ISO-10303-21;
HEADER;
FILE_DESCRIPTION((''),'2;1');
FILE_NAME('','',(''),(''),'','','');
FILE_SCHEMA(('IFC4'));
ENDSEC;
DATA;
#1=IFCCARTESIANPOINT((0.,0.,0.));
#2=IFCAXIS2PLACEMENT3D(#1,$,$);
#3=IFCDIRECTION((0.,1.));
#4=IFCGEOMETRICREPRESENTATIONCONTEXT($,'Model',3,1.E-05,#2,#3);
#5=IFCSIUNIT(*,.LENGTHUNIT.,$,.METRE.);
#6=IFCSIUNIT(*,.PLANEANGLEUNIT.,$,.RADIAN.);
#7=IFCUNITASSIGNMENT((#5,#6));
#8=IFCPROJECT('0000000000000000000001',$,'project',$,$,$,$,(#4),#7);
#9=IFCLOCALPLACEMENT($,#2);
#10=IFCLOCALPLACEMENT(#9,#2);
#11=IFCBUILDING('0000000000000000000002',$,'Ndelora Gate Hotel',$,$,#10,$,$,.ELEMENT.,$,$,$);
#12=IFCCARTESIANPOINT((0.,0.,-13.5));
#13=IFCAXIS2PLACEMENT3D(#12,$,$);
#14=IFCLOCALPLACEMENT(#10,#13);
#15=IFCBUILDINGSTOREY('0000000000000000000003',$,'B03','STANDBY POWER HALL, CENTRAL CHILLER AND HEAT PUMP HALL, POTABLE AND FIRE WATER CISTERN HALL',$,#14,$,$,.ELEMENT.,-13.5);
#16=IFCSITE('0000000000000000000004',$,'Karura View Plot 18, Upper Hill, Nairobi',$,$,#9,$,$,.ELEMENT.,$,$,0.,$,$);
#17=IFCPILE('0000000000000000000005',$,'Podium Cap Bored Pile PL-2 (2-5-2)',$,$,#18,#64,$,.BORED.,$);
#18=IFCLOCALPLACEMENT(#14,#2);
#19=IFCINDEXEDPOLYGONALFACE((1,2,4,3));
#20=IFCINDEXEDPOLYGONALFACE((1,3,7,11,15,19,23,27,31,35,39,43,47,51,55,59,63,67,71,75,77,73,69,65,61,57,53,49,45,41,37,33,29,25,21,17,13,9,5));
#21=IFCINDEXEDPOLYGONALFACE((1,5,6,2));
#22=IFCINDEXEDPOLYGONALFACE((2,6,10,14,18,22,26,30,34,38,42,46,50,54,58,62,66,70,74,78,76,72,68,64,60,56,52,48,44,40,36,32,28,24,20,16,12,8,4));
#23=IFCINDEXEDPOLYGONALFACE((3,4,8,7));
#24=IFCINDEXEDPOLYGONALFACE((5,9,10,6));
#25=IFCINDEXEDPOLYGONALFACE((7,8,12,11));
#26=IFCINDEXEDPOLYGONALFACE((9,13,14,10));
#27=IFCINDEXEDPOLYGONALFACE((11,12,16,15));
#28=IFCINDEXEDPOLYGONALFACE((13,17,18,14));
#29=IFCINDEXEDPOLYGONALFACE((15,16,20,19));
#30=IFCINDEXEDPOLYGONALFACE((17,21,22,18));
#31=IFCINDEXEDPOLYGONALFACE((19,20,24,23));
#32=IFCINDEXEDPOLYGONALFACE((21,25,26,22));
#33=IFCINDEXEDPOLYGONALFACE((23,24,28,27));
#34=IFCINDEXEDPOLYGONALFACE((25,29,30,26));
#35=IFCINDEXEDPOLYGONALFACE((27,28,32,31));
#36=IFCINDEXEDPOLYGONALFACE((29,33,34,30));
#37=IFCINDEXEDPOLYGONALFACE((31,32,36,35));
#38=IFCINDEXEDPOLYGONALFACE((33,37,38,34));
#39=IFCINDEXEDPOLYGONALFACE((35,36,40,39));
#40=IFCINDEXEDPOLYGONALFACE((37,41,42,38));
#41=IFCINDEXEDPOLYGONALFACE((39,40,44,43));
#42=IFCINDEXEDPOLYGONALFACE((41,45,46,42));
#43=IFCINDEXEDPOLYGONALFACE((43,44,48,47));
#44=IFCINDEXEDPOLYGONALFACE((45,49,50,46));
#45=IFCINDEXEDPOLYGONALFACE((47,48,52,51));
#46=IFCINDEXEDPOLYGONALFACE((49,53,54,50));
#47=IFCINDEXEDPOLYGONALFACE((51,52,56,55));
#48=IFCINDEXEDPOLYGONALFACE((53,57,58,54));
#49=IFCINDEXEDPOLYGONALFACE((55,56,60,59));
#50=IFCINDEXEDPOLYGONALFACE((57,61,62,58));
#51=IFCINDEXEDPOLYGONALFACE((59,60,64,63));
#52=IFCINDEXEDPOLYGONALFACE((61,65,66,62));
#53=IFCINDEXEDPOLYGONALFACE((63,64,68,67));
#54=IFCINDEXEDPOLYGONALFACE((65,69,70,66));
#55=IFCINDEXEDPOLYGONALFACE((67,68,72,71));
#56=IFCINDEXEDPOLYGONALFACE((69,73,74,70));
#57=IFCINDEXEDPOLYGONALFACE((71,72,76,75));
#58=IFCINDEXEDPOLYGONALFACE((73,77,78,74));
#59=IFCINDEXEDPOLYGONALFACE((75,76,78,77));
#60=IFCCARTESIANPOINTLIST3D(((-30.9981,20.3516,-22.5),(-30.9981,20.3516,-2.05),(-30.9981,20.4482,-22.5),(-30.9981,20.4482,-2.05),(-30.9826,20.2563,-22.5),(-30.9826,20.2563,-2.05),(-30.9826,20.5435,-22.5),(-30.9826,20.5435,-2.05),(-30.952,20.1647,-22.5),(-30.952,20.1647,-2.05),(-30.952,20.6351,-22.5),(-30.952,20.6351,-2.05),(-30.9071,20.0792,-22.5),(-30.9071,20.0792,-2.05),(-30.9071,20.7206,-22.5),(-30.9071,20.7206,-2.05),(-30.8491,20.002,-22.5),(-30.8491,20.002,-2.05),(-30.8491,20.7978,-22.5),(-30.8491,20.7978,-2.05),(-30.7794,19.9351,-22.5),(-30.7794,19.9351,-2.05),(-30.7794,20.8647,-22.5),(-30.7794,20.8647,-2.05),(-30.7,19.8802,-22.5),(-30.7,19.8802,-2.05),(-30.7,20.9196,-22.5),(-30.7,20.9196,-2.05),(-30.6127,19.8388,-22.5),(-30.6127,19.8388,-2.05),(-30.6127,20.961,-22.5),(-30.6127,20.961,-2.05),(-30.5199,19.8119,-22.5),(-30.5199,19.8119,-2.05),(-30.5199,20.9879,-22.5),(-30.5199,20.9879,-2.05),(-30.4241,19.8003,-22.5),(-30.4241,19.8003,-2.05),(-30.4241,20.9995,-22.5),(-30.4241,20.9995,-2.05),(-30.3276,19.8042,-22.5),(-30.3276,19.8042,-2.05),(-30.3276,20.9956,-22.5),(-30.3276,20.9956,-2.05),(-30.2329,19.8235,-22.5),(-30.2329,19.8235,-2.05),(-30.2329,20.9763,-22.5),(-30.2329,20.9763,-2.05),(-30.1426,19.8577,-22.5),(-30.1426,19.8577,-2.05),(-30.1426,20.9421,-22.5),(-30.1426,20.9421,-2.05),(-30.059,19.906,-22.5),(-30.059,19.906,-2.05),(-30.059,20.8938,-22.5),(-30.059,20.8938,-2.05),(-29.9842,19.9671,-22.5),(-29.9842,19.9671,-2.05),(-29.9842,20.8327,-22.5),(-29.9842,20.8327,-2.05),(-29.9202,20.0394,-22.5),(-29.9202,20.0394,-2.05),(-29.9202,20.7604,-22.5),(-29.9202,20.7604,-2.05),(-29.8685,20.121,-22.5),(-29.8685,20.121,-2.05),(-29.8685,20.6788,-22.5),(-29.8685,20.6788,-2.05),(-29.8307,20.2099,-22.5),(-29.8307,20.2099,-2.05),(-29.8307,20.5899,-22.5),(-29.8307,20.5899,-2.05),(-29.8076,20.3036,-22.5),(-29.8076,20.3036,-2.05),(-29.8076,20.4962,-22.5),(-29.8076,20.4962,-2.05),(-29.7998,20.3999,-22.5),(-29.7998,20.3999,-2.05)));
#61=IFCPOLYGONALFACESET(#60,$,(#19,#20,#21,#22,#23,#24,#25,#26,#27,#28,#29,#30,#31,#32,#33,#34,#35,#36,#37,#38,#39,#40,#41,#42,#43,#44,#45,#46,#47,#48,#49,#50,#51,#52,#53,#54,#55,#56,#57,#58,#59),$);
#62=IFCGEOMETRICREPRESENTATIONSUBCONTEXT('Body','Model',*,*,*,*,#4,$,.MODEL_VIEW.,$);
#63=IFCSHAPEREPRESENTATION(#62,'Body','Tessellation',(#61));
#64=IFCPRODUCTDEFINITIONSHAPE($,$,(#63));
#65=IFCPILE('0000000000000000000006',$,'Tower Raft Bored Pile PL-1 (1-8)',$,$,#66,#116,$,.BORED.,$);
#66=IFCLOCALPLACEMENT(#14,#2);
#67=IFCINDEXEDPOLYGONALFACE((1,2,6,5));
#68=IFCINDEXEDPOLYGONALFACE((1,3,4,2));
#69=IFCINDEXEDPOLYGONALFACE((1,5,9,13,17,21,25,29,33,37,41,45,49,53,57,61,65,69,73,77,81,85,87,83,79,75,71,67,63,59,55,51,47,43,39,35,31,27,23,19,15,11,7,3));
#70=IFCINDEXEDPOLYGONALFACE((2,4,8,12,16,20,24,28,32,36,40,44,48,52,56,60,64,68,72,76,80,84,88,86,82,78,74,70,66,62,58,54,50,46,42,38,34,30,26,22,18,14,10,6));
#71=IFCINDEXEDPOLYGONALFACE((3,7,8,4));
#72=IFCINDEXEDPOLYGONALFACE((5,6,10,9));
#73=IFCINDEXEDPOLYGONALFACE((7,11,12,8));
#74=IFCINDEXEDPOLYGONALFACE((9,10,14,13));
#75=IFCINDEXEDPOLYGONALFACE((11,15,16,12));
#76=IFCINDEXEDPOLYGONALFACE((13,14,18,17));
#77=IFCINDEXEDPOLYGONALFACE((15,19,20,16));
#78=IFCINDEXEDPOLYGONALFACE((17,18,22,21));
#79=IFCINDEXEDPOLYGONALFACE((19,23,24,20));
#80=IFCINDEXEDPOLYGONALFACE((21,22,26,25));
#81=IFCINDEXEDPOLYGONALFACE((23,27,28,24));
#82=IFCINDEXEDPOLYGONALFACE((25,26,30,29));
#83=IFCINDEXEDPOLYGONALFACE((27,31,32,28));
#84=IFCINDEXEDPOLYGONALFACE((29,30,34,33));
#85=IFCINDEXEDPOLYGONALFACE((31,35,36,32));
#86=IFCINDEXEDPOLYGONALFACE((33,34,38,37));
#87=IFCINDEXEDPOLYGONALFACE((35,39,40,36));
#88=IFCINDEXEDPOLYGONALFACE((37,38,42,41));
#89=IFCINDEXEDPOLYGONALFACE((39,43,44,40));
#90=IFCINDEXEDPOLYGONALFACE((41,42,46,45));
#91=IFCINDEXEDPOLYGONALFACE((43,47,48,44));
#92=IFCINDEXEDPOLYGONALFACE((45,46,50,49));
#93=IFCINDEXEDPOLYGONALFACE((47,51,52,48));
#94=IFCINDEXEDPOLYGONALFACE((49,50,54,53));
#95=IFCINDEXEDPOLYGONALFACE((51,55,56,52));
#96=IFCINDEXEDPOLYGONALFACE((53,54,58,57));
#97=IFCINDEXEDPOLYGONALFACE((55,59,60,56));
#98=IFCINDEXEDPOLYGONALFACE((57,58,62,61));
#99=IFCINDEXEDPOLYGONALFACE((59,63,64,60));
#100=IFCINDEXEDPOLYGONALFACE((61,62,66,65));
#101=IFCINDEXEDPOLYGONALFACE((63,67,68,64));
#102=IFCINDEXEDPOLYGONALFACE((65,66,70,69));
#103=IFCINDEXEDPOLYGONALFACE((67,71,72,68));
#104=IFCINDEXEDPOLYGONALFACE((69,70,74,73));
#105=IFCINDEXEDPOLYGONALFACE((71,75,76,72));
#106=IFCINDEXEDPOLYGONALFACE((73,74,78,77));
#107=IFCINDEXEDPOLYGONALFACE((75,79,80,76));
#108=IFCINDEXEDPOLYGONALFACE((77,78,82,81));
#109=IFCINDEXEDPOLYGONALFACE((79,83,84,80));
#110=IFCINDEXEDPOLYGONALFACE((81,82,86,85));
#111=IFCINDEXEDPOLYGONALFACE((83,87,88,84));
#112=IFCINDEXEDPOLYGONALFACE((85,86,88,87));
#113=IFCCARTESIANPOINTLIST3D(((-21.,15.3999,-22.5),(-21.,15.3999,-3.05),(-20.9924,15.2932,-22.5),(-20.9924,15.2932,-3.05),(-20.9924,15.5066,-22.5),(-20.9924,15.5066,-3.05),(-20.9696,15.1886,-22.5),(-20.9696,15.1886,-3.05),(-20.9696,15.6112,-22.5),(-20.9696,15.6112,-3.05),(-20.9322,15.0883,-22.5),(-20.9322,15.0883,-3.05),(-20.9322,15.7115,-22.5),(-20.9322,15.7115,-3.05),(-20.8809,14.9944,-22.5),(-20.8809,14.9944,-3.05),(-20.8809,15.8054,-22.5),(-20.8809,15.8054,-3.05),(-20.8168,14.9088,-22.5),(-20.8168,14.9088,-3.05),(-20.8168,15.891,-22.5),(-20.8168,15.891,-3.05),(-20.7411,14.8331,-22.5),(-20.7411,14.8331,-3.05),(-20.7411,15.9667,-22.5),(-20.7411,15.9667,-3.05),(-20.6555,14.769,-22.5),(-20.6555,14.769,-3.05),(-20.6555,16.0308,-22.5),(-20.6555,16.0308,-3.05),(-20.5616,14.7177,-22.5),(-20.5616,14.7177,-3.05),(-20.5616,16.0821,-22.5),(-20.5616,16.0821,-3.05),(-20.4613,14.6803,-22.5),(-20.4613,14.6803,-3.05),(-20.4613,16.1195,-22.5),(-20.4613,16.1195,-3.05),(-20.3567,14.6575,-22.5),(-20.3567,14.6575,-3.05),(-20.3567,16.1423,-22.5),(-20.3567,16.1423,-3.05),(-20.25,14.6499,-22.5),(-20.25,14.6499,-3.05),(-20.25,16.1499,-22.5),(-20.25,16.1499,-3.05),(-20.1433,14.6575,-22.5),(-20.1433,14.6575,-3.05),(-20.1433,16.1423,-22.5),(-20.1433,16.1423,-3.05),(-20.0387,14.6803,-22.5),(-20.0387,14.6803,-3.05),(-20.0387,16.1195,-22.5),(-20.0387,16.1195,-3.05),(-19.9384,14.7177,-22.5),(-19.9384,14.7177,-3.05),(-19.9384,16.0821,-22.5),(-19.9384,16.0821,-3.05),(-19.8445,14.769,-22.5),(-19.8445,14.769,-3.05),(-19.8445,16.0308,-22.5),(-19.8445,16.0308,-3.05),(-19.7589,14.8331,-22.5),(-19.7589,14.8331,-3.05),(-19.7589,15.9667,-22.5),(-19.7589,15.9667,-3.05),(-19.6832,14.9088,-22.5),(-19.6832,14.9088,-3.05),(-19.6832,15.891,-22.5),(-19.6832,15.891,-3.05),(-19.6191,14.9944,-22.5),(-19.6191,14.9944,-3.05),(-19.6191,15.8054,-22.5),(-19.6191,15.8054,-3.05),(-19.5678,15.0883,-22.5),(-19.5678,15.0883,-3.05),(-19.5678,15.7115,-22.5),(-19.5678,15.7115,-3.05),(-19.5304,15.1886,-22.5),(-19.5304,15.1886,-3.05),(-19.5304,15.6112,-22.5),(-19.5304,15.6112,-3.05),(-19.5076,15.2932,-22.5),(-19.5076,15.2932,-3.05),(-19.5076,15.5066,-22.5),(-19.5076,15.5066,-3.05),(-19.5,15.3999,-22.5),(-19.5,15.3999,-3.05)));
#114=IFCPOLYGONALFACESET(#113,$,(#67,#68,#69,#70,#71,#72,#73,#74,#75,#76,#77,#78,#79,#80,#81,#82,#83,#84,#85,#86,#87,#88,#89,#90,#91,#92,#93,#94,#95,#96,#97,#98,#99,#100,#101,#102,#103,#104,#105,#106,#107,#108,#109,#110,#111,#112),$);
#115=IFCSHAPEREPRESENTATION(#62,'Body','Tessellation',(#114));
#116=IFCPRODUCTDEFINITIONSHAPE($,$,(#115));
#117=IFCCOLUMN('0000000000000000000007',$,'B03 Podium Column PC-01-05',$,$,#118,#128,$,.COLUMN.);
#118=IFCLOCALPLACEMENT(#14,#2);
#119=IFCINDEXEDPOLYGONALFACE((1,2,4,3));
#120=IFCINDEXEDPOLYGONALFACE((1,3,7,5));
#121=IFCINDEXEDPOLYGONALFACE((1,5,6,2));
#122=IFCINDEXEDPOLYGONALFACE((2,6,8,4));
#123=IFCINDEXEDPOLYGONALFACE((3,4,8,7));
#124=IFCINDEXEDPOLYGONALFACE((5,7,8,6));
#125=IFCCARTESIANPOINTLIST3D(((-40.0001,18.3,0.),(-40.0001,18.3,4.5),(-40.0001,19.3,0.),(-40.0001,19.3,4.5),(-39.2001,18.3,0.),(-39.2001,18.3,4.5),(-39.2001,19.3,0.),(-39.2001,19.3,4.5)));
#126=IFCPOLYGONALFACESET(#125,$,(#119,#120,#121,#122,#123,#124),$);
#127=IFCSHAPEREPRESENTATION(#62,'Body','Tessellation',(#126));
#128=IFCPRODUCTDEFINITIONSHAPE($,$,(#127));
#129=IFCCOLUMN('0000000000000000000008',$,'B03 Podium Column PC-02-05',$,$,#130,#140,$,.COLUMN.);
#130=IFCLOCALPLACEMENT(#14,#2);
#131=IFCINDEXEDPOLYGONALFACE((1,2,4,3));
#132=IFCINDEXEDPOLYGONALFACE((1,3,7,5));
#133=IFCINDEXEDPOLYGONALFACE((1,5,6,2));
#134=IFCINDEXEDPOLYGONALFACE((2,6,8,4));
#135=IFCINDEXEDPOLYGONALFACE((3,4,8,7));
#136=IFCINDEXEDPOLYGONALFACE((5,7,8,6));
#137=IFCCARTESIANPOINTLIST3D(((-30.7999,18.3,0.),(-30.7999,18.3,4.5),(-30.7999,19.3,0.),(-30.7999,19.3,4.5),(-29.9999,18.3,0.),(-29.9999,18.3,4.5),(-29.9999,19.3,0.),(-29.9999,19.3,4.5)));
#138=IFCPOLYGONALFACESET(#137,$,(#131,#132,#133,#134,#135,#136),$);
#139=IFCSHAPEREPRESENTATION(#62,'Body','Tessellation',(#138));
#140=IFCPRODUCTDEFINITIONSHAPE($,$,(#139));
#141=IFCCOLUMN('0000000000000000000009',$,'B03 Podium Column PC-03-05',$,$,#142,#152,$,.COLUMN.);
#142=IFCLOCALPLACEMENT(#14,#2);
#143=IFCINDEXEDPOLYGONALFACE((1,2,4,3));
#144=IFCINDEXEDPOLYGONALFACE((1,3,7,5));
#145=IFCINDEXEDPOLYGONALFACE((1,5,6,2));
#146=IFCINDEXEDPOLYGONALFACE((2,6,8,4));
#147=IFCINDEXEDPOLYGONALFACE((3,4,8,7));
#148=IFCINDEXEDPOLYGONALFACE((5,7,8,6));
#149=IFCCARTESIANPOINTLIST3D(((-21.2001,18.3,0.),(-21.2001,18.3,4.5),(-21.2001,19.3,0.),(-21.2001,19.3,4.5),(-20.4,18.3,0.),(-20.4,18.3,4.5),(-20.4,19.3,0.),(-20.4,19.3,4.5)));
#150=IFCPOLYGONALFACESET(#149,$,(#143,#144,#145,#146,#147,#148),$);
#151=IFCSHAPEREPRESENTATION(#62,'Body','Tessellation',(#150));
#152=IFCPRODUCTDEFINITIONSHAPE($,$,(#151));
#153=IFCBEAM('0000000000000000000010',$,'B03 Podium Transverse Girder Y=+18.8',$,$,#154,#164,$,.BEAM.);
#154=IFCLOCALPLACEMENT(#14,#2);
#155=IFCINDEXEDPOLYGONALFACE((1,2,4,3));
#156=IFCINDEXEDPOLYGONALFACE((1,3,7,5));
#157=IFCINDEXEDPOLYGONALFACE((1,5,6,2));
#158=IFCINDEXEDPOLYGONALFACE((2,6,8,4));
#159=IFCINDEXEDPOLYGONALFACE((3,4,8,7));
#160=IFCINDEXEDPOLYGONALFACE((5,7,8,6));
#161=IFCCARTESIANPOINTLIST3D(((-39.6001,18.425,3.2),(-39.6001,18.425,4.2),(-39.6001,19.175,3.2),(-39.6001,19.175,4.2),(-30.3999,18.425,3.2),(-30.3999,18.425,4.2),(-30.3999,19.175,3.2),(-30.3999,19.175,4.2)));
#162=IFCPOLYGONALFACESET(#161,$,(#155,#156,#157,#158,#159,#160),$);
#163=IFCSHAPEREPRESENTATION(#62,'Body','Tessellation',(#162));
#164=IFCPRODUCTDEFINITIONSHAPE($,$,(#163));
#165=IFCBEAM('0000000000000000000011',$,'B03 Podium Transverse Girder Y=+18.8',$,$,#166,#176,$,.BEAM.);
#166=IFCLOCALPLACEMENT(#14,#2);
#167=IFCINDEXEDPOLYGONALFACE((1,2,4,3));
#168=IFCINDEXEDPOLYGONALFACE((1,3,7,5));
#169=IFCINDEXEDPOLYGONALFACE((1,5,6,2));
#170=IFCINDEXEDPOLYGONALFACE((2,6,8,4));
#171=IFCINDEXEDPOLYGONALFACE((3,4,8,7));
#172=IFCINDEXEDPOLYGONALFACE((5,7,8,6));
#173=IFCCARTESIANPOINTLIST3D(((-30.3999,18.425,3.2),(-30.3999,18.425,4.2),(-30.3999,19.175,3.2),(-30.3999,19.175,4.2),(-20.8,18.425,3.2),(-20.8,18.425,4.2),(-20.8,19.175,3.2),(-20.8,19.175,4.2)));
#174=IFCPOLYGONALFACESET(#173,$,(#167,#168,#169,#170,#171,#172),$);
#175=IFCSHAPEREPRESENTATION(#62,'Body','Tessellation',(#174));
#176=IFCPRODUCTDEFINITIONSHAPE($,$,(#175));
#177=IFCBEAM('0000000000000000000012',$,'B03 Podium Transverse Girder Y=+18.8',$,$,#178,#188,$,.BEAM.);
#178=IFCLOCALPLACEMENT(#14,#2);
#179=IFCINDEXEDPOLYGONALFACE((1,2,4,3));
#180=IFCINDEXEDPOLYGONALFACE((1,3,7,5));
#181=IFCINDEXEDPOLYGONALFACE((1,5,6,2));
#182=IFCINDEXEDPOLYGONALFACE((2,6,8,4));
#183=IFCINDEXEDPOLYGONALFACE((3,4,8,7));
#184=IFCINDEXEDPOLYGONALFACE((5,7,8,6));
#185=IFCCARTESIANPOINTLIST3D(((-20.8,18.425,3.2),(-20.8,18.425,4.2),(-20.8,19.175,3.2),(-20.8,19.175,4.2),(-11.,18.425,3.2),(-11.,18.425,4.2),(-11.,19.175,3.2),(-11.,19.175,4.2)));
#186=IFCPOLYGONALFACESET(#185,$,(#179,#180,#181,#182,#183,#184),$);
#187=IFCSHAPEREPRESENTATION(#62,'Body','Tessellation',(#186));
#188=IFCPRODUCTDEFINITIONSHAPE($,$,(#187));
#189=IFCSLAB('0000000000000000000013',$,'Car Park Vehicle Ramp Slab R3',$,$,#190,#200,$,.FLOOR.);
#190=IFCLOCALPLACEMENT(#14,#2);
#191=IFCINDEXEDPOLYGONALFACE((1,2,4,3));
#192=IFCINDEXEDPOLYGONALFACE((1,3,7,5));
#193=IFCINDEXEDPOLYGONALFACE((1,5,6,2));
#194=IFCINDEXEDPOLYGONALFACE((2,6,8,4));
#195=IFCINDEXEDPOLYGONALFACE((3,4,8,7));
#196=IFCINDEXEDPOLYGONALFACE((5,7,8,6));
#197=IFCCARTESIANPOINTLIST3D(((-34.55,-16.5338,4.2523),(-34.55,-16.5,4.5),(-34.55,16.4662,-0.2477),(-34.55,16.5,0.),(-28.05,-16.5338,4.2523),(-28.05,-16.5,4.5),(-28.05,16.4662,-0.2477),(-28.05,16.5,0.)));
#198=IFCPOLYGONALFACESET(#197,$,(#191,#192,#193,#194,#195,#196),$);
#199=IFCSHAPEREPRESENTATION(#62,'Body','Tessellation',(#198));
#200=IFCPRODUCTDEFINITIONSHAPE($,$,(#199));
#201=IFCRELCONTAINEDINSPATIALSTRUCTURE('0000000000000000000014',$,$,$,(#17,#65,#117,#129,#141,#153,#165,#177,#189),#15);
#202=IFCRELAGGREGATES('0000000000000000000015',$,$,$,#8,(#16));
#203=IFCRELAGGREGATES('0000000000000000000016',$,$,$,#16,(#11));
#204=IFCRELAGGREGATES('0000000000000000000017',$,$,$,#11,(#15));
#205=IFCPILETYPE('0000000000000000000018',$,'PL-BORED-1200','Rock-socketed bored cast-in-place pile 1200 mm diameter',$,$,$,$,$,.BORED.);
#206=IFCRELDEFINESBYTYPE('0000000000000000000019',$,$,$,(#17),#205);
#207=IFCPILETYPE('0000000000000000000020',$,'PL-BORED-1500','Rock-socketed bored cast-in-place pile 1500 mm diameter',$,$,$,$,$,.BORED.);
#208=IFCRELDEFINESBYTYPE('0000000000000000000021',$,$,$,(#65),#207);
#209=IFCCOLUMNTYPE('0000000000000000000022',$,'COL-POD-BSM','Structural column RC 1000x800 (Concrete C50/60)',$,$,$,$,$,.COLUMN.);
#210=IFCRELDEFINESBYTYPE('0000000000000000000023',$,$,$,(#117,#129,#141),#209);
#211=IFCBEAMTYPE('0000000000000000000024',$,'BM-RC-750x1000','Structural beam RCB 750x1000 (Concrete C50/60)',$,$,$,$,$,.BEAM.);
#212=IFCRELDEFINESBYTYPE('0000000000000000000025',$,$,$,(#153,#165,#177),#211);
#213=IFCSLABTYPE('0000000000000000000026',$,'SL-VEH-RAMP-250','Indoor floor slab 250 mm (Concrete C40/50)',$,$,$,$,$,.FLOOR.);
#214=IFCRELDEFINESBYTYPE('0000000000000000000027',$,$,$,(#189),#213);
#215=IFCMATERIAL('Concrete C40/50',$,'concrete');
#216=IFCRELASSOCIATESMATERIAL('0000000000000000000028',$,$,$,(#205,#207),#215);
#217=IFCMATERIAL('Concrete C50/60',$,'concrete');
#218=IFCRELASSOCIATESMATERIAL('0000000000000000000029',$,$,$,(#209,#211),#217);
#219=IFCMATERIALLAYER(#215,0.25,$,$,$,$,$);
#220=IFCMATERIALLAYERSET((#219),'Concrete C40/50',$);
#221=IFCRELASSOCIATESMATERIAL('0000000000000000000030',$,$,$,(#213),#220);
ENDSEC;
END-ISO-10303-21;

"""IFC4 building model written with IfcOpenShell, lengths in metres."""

from ifc_helpers import new_model, si_unit, direction, frame, origin, origin_2d, place, context, subcontext, project, spatial, polyline, rectangle, circle, outline, extrude, material, layer, layer_set, material_profile, profile_set, type_object, element, save


model = new_model("IFC4")

# Units and contexts
model_context = context("Model", 3, precision=1e-05, world=origin(), true_north=direction((0.0, 1.0)))
body_context = subcontext(model_context, "Body", "Model", "MODEL_VIEW")
ifc_project = project(units=[si_unit("LENGTHUNIT", "METRE"), si_unit("PLANEANGLEUNIT", "RADIAN")], contexts=[model_context])

# Site, building, storey
site_placement = place(None, origin())
site = spatial("IfcSite", under=ifc_project, at=site_placement, Name="Karura View Plot 18, Upper Hill, Nairobi", CompositionType="ELEMENT", RefElevation=0.0)
building_placement = place(site_placement, origin())
building = spatial("IfcBuilding", under=site, at=building_placement, Name="Ndelora Gate Hotel", CompositionType="ELEMENT")
storey_placement = place(building_placement, frame((0.0, 0.0, -13.5)))
storey = spatial("IfcBuildingStorey", under=building, at=storey_placement, Name="B03", Description="STANDBY POWER HALL, CENTRAL CHILLER AND HEAT PUMP HALL, POTABLE AND FIRE WATER CISTERN HALL", CompositionType="ELEMENT", Elevation=-13.5)

# Shared definitions
ifc_material_1 = material(Name="Concrete C50/60", Category="concrete")
ifc_material_2 = material(Name="Concrete C40/50", Category="concrete")

# Piles
ifc_material_profile_1 = material_profile(ifc_material_2, circle(Radius=0.6001, at=origin_2d()), Name="PILE D1200")
ifc_profile_set_1 = profile_set([ifc_material_profile_1], Name="Concrete C40/50")
pile_type_1 = type_object("IfcPileType", Name="PL-BORED-1200", Description="Rock-socketed bored cast-in-place pile 1200 mm diameter", PredefinedType="BORED", material=ifc_profile_set_1)
for number, where, z_axis, x_axis, name in (
    (1, (-30.3999, 20.3999, -2.05), (0.0, 0.0, -1.0), (1.0, 0.0, 0.0), "Podium Cap Bored Pile PL-2 (2-5-2)"),
):
    element("IfcPile", number, at=place(storey_placement, frame(where, z_axis=z_axis, x_axis=x_axis)), inside=storey, type_object=pile_type_1, Name=name, PredefinedType="BORED", context=body_context, shape_type="SweptSolid", body=[
        extrude(circle(Radius=0.6001, at=origin_2d()), origin(), (0.0, 0.0, 1.0), 20.45),
    ])
ifc_material_profile_2 = material_profile(ifc_material_2, circle(Radius=0.75, at=origin_2d()), Name="PILE D1500")
ifc_profile_set_2 = profile_set([ifc_material_profile_2], Name="Concrete C40/50")
pile_type_2 = type_object("IfcPileType", Name="PL-BORED-1500", Description="Rock-socketed bored cast-in-place pile 1500 mm diameter", PredefinedType="BORED", material=ifc_profile_set_2)
pile_placement = place(storey_placement, frame((-20.25, 15.3999, -3.05), z_axis=(0.0, 0.0, -1.0), x_axis=(1.0, 0.0, 0.0)))
element("IfcPile", 2, at=pile_placement, inside=storey, type_object=pile_type_2, Name="Tower Raft Bored Pile PL-1 (1-8)", PredefinedType="BORED", context=body_context, shape_type="SweptSolid", body=[
    extrude(circle(Radius=0.75, at=origin_2d()), origin(), (0.0, 0.0, 1.0), 19.45),
])

# Columns
ifc_material_profile_3 = material_profile(ifc_material_1, rectangle(XDim=0.8, YDim=1.0, at=origin_2d()), Name="RC 1000x800")
ifc_profile_set_3 = profile_set([ifc_material_profile_3], Name="Concrete C50/60")
column_type = type_object("IfcColumnType", Name="COL-POD-BSM", Description="Structural column RC 1000x800 (Concrete C50/60)", PredefinedType="COLUMN", material=ifc_profile_set_3)
for number, where, z_axis, x_axis, name in (
    (3, (-39.6001, 18.8, 0.0), (0.0, 0.0, 1.0), (1.0, 0.0, 0.0), "B03 Podium Column PC-01-05"),
    (4, (-30.3999, 18.8, 0.0), (0.0, 0.0, 1.0), (1.0, 0.0, 0.0), "B03 Podium Column PC-02-05"),
    (5, (-20.8, 18.8, 0.0), (0.0, 0.0, 1.0), (1.0, 0.0, 0.0), "B03 Podium Column PC-03-05"),
):
    element("IfcColumn", number, at=place(storey_placement, frame(where, z_axis=z_axis, x_axis=x_axis)), inside=storey, type_object=column_type, Name=name, PredefinedType="COLUMN", context=body_context, shape_type="SweptSolid", body=[
        extrude(rectangle(XDim=0.8, YDim=1.0, at=origin_2d()), origin(), (0.0, 0.0, 1.0), 4.5),
    ])

# Beams
ifc_material_profile_4 = material_profile(ifc_material_1, rectangle(XDim=0.75, YDim=1.0, at=origin_2d()), Name="RCB 750x1000")
ifc_profile_set_4 = profile_set([ifc_material_profile_4], Name="Concrete C50/60")
beam_type = type_object("IfcBeamType", Name="BM-RC-750x1000", Description="Structural beam RCB 750x1000 (Concrete C50/60)", PredefinedType="BEAM", material=ifc_profile_set_4)
beam_1_placement = place(storey_placement, frame((-39.6001, 18.8, 3.7), z_axis=(1.0, 0.0, 0.0), x_axis=(0.0, 1.0, 0.0)))
element("IfcBeam", 6, at=beam_1_placement, inside=storey, type_object=beam_type, Name="B03 Podium Transverse Girder Y=+18.8", PredefinedType="BEAM", context=body_context, shape_type="SweptSolid", body=[
    extrude(rectangle(XDim=0.75, YDim=1.0, at=origin_2d()), origin(), (0.0, 0.0, 1.0), 9.2002),
])
beam_2_placement = place(storey_placement, frame((-30.3999, 18.8, 3.7), z_axis=(1.0, 0.0, 0.0), x_axis=(0.0, 1.0, 0.0)))
element("IfcBeam", 7, at=beam_2_placement, inside=storey, type_object=beam_type, Name="B03 Podium Transverse Girder Y=+18.8", PredefinedType="BEAM", context=body_context, shape_type="SweptSolid", body=[
    extrude(rectangle(XDim=0.75, YDim=1.0, at=origin_2d()), origin(), (0.0, 0.0, 1.0), 9.5999),
])
beam_3_placement = place(storey_placement, frame((-20.8, 18.8, 3.7), z_axis=(1.0, 0.0, 0.0), x_axis=(0.0, 1.0, 0.0)))
element("IfcBeam", 8, at=beam_3_placement, inside=storey, type_object=beam_type, Name="B03 Podium Transverse Girder Y=+18.8", PredefinedType="BEAM", context=body_context, shape_type="SweptSolid", body=[
    extrude(rectangle(XDim=0.75, YDim=1.0, at=origin_2d()), origin(), (0.0, 0.0, 1.0), 9.8),
])

# Slab
ifc_layer_1 = layer(ifc_material_2, 0.25)
ifc_layer_set_1 = layer_set([ifc_layer_1], Name="Concrete C40/50")
slab_type = type_object("IfcSlabType", Name="SL-VEH-RAMP-250", Description="Indoor floor slab 250 mm (Concrete C40/50)", PredefinedType="FLOOR", material=ifc_layer_set_1)
slab_placement = place(storey_placement, frame((-34.55, 16.5, 0.0), z_axis=(0.0, 0.135113, 0.99083), x_axis=(1.0, 0.0, 0.0)))
element("IfcSlab", 9, at=slab_placement, inside=storey, type_object=slab_type, Name="Car Park Vehicle Ramp Slab R3", PredefinedType="FLOOR", context=body_context, shape_type="SweptSolid", body=[
    extrude(outline(polyline([(0.0, 0.0), (6.5, 0.0), (6.5, -33.3054), (0.0, -33.3054), (0.0, 0.0)])), origin(), (0.0, 0.0, -1.0), 0.25),
])

save(model, "model.ifc")
